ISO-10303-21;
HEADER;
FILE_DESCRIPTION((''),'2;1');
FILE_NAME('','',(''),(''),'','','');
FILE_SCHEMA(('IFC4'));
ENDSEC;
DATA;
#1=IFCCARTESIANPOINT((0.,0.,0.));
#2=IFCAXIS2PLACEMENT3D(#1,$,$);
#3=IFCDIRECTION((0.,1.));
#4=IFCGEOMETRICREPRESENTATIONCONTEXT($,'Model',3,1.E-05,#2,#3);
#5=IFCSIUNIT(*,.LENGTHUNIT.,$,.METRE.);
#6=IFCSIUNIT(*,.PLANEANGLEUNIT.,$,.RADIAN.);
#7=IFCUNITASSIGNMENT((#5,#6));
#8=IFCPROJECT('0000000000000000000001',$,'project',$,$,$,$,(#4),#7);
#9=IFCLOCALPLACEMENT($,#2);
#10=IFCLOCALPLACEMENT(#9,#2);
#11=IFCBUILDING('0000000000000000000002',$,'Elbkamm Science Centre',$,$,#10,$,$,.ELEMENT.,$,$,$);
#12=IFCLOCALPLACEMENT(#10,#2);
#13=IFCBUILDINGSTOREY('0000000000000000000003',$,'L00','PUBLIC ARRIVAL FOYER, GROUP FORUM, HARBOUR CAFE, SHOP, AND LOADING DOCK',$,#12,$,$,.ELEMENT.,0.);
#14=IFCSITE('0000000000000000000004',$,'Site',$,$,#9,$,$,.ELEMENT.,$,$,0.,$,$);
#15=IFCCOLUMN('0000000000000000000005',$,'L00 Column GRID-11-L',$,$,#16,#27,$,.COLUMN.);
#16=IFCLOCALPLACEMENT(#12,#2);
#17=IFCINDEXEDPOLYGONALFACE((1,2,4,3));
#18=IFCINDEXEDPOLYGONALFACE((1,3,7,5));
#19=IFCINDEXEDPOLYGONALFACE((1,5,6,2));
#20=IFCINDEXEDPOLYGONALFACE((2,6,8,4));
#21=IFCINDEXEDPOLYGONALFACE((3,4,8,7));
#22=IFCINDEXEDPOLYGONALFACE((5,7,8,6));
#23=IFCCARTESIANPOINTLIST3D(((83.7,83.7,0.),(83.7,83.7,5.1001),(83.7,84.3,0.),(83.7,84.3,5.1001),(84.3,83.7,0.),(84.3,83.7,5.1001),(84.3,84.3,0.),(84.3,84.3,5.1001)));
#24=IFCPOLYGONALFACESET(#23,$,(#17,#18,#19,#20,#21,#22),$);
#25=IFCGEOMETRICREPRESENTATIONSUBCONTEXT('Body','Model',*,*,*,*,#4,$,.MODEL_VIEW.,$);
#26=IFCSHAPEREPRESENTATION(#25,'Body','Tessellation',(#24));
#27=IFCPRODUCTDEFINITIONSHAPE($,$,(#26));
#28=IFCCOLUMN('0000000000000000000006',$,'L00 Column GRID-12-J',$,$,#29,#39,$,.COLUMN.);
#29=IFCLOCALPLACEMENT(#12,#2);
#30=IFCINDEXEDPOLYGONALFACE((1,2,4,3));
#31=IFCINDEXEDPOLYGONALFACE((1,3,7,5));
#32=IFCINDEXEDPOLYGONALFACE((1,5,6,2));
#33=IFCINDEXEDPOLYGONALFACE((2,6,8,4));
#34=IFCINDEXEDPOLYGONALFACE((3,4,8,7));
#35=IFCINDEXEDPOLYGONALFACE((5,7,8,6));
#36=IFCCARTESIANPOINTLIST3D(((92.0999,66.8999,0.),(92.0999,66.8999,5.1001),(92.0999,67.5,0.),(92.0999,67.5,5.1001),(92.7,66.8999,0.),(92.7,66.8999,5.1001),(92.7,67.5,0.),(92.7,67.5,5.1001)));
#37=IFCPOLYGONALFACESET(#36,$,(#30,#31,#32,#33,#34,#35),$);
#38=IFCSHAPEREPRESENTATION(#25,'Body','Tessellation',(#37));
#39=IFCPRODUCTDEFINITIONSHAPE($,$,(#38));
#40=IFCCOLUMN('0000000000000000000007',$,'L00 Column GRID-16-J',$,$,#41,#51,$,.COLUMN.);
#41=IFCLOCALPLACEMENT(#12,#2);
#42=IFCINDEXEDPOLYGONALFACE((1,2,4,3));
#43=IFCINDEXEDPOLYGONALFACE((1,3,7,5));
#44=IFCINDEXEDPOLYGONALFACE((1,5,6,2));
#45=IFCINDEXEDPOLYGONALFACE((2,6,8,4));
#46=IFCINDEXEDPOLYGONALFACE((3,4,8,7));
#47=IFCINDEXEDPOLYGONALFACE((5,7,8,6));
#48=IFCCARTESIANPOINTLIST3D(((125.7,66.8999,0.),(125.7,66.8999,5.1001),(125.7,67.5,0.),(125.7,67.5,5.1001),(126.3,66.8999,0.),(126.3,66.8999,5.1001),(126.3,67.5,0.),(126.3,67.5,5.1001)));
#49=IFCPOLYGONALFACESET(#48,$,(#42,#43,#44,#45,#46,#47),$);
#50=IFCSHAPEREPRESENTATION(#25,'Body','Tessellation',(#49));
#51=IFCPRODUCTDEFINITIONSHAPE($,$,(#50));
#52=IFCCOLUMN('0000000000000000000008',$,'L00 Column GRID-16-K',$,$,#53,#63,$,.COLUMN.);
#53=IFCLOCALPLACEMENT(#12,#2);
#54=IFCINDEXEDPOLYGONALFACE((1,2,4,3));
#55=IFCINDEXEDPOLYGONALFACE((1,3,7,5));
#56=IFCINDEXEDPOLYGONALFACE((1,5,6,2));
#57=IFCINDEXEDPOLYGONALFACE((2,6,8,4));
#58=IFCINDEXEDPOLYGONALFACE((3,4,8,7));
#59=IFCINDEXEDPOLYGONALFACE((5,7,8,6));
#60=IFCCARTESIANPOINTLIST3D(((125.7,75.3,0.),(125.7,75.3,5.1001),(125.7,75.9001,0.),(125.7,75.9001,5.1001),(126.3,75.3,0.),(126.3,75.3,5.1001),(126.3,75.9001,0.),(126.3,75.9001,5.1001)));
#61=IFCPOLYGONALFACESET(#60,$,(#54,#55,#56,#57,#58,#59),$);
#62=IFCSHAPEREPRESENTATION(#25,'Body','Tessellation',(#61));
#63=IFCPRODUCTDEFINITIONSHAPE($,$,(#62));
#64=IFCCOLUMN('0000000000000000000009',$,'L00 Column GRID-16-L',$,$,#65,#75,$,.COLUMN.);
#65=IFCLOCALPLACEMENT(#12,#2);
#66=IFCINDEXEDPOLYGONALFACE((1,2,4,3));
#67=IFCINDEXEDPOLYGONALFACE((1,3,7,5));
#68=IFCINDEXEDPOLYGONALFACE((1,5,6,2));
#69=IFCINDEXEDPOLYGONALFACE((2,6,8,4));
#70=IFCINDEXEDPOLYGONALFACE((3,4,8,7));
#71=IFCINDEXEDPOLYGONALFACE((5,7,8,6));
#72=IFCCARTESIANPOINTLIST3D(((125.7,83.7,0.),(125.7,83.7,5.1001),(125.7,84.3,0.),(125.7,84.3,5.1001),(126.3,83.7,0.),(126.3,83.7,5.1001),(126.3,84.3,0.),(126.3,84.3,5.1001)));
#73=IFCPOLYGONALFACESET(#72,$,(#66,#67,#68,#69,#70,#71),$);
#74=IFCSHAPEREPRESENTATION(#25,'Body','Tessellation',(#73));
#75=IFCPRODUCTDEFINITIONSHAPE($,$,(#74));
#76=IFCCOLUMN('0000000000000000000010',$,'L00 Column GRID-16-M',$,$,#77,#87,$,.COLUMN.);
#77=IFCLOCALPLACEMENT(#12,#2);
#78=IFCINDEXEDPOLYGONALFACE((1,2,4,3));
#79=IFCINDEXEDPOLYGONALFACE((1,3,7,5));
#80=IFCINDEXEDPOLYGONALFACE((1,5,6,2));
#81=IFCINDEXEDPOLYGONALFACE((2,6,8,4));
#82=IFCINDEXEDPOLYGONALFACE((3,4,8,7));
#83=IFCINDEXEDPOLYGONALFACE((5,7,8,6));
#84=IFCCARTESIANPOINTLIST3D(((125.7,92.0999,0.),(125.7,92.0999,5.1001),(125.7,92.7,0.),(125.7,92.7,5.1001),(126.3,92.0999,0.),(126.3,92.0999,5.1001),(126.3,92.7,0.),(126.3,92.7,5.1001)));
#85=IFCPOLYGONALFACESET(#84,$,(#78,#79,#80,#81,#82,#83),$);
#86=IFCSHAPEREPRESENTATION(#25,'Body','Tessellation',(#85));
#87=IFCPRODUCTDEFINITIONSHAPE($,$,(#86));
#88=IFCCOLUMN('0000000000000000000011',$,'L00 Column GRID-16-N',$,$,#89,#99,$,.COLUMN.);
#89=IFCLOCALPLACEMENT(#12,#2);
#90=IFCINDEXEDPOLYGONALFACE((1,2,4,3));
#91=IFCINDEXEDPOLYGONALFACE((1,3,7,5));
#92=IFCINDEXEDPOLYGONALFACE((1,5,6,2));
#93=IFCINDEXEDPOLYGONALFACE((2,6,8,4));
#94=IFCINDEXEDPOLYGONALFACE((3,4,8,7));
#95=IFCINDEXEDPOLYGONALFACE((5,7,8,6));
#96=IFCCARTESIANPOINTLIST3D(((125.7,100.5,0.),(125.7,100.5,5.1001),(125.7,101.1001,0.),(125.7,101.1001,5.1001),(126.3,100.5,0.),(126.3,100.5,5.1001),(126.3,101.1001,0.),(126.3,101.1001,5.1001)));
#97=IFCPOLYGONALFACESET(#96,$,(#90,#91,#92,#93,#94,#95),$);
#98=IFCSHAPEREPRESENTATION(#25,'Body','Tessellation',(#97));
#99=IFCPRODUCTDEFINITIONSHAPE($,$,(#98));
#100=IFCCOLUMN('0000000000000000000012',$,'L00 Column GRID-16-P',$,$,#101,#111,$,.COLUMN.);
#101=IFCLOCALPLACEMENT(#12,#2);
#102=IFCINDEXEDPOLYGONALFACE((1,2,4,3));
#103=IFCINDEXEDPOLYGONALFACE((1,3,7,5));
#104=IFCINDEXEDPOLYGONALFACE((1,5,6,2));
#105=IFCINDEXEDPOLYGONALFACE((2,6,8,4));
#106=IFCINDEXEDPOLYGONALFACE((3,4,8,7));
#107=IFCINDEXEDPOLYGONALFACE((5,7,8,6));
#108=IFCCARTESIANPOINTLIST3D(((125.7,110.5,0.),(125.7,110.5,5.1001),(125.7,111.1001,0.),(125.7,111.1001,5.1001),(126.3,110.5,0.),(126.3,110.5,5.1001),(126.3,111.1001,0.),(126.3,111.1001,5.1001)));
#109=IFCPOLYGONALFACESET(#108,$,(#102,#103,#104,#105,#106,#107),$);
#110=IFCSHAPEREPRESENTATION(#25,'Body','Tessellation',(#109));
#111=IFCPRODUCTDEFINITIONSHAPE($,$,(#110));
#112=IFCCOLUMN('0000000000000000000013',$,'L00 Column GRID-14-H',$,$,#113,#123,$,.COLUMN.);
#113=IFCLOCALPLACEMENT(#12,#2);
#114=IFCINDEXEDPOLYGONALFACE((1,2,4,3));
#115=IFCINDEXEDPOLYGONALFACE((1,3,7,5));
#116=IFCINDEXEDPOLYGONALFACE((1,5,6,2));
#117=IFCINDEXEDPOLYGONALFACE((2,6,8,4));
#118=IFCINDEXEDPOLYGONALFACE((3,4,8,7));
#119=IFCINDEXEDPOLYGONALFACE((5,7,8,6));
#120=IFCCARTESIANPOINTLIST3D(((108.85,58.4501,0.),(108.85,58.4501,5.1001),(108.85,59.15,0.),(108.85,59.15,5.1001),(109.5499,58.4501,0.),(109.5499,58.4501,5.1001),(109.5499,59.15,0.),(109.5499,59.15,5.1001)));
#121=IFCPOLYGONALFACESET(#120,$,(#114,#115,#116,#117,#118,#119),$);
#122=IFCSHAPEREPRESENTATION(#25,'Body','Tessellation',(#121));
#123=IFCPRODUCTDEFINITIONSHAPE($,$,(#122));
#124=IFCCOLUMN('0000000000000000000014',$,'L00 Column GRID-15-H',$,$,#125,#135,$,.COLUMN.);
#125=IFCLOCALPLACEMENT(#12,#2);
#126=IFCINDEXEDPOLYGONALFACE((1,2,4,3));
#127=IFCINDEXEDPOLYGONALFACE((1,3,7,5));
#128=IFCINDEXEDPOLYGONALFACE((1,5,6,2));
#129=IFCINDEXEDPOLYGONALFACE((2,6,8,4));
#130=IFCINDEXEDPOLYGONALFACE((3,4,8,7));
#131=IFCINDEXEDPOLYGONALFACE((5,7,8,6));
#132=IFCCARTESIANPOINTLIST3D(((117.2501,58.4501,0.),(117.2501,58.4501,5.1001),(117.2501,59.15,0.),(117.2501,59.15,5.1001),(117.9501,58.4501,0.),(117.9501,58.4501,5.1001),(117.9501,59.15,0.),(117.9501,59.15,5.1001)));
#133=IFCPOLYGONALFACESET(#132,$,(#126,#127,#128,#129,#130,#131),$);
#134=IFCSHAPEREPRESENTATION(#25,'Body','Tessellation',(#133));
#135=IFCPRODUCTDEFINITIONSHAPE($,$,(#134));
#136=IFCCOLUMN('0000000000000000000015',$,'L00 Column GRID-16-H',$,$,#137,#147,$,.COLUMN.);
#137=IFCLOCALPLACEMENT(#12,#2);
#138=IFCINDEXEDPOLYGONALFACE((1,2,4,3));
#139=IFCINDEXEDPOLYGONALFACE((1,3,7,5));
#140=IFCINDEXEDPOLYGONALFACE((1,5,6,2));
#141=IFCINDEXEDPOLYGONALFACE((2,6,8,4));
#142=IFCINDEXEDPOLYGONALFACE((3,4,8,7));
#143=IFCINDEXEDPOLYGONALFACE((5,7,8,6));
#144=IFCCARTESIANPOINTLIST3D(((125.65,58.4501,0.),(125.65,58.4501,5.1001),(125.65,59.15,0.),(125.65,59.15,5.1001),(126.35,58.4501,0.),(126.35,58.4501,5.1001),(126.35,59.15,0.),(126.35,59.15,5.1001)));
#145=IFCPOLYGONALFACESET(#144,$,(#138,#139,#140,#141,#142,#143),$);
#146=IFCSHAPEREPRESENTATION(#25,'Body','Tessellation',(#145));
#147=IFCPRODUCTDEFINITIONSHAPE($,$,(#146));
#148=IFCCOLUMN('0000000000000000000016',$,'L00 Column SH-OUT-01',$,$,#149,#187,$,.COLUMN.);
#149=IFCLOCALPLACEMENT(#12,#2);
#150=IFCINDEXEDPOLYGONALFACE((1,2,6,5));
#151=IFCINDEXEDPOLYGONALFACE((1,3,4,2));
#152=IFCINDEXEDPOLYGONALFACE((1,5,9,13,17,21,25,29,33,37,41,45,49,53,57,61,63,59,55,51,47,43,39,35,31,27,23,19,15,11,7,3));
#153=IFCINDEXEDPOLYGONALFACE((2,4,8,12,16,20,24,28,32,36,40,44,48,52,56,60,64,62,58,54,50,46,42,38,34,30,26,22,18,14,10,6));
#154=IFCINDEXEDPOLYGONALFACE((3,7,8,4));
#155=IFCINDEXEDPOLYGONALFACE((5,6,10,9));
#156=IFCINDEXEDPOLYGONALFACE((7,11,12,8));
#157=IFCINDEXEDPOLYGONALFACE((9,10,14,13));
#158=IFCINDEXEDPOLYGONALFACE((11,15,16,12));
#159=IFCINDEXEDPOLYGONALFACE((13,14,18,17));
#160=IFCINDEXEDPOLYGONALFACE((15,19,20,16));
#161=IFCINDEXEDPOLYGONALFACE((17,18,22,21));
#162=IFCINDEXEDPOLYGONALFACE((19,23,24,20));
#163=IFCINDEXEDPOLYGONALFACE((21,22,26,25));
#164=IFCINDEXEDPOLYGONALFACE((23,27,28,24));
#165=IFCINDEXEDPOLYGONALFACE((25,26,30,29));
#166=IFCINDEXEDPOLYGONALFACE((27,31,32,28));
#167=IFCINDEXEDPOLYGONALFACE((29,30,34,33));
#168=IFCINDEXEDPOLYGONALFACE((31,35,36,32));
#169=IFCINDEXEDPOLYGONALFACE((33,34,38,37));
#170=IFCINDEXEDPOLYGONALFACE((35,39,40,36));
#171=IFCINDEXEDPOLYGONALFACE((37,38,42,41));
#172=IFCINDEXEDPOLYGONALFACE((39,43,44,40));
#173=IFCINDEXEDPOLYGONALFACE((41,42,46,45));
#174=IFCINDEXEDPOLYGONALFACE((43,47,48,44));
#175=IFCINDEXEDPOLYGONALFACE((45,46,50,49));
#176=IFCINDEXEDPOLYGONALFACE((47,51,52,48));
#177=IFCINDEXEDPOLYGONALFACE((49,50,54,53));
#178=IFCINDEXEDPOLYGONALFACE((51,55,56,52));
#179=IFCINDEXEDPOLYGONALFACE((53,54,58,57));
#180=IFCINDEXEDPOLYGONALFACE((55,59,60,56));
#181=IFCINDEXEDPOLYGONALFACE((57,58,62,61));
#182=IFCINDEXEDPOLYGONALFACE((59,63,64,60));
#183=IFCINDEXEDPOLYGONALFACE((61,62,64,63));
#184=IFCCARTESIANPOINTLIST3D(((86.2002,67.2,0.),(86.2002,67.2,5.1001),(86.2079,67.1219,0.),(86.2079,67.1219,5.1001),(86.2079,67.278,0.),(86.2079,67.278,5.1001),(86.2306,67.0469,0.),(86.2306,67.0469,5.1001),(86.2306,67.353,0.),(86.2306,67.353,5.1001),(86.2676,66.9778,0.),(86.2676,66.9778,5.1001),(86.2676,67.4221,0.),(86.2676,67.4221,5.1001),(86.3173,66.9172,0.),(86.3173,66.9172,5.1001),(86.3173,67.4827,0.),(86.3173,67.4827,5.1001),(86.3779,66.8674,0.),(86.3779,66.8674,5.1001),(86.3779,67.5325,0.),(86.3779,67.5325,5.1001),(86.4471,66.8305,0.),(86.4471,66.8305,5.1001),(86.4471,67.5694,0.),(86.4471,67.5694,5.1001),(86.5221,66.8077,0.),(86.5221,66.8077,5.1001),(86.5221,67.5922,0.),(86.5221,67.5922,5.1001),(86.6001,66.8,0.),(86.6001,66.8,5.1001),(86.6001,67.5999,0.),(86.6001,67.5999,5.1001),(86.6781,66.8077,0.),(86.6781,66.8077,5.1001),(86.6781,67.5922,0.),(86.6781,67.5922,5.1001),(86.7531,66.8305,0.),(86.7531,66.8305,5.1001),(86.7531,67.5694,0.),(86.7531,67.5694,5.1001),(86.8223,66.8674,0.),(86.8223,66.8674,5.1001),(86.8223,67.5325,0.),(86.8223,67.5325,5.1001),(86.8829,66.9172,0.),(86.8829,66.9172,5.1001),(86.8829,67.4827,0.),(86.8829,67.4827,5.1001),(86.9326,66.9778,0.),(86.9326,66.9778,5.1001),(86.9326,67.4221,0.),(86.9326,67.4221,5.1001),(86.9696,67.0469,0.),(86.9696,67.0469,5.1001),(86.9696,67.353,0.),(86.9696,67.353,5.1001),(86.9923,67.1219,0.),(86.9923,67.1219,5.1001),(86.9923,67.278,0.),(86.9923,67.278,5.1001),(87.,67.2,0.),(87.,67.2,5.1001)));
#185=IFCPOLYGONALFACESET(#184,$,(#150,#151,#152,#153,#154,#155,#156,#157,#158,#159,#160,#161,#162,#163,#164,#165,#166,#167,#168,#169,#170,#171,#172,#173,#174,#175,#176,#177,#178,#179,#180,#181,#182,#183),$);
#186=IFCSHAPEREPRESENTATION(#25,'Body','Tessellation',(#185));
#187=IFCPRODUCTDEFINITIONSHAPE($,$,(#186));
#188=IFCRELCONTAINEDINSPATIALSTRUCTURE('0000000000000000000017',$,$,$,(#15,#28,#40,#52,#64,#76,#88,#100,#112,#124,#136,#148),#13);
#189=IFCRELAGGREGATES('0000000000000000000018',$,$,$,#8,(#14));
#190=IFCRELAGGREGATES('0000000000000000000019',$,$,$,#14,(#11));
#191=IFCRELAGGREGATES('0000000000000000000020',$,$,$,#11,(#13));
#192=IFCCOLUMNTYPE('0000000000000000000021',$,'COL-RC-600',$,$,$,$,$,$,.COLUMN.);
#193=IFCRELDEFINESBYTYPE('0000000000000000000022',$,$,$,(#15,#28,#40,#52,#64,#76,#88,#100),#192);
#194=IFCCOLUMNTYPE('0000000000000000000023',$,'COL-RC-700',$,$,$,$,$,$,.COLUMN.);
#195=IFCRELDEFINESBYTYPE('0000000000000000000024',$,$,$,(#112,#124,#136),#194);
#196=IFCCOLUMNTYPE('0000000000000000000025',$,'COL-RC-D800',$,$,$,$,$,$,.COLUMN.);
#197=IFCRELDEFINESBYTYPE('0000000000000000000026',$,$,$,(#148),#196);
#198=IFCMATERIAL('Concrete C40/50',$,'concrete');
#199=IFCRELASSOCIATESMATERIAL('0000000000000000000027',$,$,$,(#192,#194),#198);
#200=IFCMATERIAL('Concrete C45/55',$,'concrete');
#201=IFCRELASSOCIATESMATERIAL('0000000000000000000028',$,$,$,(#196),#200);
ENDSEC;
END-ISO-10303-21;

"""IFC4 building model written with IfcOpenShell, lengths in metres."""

from ifc_helpers import new_model, si_unit, direction, frame, origin, origin_2d, place, context, subcontext, project, spatial, rectangle, circle, extrude, material, material_profile, profile_set, type_object, element, save


model = new_model("IFC4")

# Units and contexts
model_context = context("Model", 3, precision=1e-05, world=origin(), true_north=direction((0.0, 1.0)))
body_context = subcontext(model_context, "Body", "Model", "MODEL_VIEW")
ifc_project = project(units=[si_unit("LENGTHUNIT", "METRE"), si_unit("PLANEANGLEUNIT", "RADIAN")], contexts=[model_context])

# Site, building, storey
site_placement = place(None, origin())
site = spatial("IfcSite", under=ifc_project, at=site_placement, Name="Site", CompositionType="ELEMENT", RefElevation=0.0)
building_placement = place(site_placement, origin())
building = spatial("IfcBuilding", under=site, at=building_placement, Name="Elbkamm Science Centre", CompositionType="ELEMENT")
storey_placement = place(building_placement, origin())
storey = spatial("IfcBuildingStorey", under=building, at=storey_placement, Name="L00", Description="PUBLIC ARRIVAL FOYER, GROUP FORUM, HARBOUR CAFE, SHOP, AND LOADING DOCK", CompositionType="ELEMENT", Elevation=0.0)

# Columns
ifc_material_1 = material(Name="Concrete C40/50", Category="concrete")
ifc_material_profile_1 = material_profile(ifc_material_1, rectangle(XDim=0.6001, YDim=0.6001, at=origin_2d()), Name="RC 600x600")
ifc_profile_set_1 = profile_set([ifc_material_profile_1], Name="Concrete C40/50")
column_type_1 = type_object("IfcColumnType", Name="COL-RC-600", PredefinedType="COLUMN", material=ifc_profile_set_1)
for number, where, z_axis, x_axis, name in (
    (1, (84.0, 84.0, 0.0), (0.0, 0.0, 1.0), (1.0, 0.0, 0.0), "L00 Column GRID-11-L"),
    (2, (92.3999, 67.2, 0.0), (0.0, 0.0, 1.0), (1.0, 0.0, 0.0), "L00 Column GRID-12-J"),
    (3, (126.0, 67.2, 0.0), (0.0, 0.0, 1.0), (1.0, 0.0, 0.0), "L00 Column GRID-16-J"),
    (4, (126.0, 75.6001, 0.0), (0.0, 0.0, 1.0), (1.0, 0.0, 0.0), "L00 Column GRID-16-K"),
    (5, (126.0, 84.0, 0.0), (0.0, 0.0, 1.0), (1.0, 0.0, 0.0), "L00 Column GRID-16-L"),
    (6, (126.0, 92.3999, 0.0), (0.0, 0.0, 1.0), (1.0, 0.0, 0.0), "L00 Column GRID-16-M"),
    (7, (126.0, 100.8, 0.0), (0.0, 0.0, 1.0), (1.0, 0.0, 0.0), "L00 Column GRID-16-N"),
    (8, (126.0, 110.8, 0.0), (0.0, 0.0, 1.0), (1.0, 0.0, 0.0), "L00 Column GRID-16-P"),
):
    element("IfcColumn", number, at=place(storey_placement, frame(where, z_axis=z_axis, x_axis=x_axis)), inside=storey, type_object=column_type_1, Name=name, PredefinedType="COLUMN", context=body_context, shape_type="SweptSolid", body=[
        extrude(rectangle(XDim=0.6001, YDim=0.6001, at=origin_2d()), origin(), (0.0, 0.0, 1.0), 5.1001),
    ])
ifc_material_profile_2 = material_profile(ifc_material_1, rectangle(XDim=0.7, YDim=0.7, at=origin_2d()), Name="RC 700x700")
ifc_profile_set_2 = profile_set([ifc_material_profile_2], Name="Concrete C40/50")
column_type_2 = type_object("IfcColumnType", Name="COL-RC-700", PredefinedType="COLUMN", material=ifc_profile_set_2)
for number, where, z_axis, x_axis, name in (
    (9, (109.2, 58.8, 0.0), (0.0, 0.0, 1.0), (1.0, 0.0, 0.0), "L00 Column GRID-14-H"),
    (10, (117.6001, 58.8, 0.0), (0.0, 0.0, 1.0), (1.0, 0.0, 0.0), "L00 Column GRID-15-H"),
    (11, (126.0, 58.8, 0.0), (0.0, 0.0, 1.0), (1.0, 0.0, 0.0), "L00 Column GRID-16-H"),
):
    element("IfcColumn", number, at=place(storey_placement, frame(where, z_axis=z_axis, x_axis=x_axis)), inside=storey, type_object=column_type_2, Name=name, PredefinedType="COLUMN", context=body_context, shape_type="SweptSolid", body=[
        extrude(rectangle(XDim=0.7, YDim=0.7, at=origin_2d()), origin(), (0.0, 0.0, 1.0), 5.1001),
    ])
ifc_material_2 = material(Name="Concrete C45/55", Category="concrete")
ifc_material_profile_3 = material_profile(ifc_material_2, circle(Radius=0.3999, at=origin_2d()), Name="RC D800")
ifc_profile_set_3 = profile_set([ifc_material_profile_3], Name="Concrete C45/55")
column_type_3 = type_object("IfcColumnType", Name="COL-RC-D800", PredefinedType="COLUMN", material=ifc_profile_set_3)
for number, where, z_axis, x_axis, name in (
    (12, (86.6001, 67.2, 0.0), (0.0, 0.0, 1.0), (1.0, 0.0, 0.0), "L00 Column SH-OUT-01"),
):
    element("IfcColumn", number, at=place(storey_placement, frame(where, z_axis=z_axis, x_axis=x_axis)), inside=storey, type_object=column_type_3, Name=name, PredefinedType="COLUMN", context=body_context, shape_type="SweptSolid", body=[
        extrude(circle(Radius=0.3999, at=origin_2d()), origin(), (0.0, 0.0, 1.0), 5.1001),
    ])

save(model, "model.ifc")
